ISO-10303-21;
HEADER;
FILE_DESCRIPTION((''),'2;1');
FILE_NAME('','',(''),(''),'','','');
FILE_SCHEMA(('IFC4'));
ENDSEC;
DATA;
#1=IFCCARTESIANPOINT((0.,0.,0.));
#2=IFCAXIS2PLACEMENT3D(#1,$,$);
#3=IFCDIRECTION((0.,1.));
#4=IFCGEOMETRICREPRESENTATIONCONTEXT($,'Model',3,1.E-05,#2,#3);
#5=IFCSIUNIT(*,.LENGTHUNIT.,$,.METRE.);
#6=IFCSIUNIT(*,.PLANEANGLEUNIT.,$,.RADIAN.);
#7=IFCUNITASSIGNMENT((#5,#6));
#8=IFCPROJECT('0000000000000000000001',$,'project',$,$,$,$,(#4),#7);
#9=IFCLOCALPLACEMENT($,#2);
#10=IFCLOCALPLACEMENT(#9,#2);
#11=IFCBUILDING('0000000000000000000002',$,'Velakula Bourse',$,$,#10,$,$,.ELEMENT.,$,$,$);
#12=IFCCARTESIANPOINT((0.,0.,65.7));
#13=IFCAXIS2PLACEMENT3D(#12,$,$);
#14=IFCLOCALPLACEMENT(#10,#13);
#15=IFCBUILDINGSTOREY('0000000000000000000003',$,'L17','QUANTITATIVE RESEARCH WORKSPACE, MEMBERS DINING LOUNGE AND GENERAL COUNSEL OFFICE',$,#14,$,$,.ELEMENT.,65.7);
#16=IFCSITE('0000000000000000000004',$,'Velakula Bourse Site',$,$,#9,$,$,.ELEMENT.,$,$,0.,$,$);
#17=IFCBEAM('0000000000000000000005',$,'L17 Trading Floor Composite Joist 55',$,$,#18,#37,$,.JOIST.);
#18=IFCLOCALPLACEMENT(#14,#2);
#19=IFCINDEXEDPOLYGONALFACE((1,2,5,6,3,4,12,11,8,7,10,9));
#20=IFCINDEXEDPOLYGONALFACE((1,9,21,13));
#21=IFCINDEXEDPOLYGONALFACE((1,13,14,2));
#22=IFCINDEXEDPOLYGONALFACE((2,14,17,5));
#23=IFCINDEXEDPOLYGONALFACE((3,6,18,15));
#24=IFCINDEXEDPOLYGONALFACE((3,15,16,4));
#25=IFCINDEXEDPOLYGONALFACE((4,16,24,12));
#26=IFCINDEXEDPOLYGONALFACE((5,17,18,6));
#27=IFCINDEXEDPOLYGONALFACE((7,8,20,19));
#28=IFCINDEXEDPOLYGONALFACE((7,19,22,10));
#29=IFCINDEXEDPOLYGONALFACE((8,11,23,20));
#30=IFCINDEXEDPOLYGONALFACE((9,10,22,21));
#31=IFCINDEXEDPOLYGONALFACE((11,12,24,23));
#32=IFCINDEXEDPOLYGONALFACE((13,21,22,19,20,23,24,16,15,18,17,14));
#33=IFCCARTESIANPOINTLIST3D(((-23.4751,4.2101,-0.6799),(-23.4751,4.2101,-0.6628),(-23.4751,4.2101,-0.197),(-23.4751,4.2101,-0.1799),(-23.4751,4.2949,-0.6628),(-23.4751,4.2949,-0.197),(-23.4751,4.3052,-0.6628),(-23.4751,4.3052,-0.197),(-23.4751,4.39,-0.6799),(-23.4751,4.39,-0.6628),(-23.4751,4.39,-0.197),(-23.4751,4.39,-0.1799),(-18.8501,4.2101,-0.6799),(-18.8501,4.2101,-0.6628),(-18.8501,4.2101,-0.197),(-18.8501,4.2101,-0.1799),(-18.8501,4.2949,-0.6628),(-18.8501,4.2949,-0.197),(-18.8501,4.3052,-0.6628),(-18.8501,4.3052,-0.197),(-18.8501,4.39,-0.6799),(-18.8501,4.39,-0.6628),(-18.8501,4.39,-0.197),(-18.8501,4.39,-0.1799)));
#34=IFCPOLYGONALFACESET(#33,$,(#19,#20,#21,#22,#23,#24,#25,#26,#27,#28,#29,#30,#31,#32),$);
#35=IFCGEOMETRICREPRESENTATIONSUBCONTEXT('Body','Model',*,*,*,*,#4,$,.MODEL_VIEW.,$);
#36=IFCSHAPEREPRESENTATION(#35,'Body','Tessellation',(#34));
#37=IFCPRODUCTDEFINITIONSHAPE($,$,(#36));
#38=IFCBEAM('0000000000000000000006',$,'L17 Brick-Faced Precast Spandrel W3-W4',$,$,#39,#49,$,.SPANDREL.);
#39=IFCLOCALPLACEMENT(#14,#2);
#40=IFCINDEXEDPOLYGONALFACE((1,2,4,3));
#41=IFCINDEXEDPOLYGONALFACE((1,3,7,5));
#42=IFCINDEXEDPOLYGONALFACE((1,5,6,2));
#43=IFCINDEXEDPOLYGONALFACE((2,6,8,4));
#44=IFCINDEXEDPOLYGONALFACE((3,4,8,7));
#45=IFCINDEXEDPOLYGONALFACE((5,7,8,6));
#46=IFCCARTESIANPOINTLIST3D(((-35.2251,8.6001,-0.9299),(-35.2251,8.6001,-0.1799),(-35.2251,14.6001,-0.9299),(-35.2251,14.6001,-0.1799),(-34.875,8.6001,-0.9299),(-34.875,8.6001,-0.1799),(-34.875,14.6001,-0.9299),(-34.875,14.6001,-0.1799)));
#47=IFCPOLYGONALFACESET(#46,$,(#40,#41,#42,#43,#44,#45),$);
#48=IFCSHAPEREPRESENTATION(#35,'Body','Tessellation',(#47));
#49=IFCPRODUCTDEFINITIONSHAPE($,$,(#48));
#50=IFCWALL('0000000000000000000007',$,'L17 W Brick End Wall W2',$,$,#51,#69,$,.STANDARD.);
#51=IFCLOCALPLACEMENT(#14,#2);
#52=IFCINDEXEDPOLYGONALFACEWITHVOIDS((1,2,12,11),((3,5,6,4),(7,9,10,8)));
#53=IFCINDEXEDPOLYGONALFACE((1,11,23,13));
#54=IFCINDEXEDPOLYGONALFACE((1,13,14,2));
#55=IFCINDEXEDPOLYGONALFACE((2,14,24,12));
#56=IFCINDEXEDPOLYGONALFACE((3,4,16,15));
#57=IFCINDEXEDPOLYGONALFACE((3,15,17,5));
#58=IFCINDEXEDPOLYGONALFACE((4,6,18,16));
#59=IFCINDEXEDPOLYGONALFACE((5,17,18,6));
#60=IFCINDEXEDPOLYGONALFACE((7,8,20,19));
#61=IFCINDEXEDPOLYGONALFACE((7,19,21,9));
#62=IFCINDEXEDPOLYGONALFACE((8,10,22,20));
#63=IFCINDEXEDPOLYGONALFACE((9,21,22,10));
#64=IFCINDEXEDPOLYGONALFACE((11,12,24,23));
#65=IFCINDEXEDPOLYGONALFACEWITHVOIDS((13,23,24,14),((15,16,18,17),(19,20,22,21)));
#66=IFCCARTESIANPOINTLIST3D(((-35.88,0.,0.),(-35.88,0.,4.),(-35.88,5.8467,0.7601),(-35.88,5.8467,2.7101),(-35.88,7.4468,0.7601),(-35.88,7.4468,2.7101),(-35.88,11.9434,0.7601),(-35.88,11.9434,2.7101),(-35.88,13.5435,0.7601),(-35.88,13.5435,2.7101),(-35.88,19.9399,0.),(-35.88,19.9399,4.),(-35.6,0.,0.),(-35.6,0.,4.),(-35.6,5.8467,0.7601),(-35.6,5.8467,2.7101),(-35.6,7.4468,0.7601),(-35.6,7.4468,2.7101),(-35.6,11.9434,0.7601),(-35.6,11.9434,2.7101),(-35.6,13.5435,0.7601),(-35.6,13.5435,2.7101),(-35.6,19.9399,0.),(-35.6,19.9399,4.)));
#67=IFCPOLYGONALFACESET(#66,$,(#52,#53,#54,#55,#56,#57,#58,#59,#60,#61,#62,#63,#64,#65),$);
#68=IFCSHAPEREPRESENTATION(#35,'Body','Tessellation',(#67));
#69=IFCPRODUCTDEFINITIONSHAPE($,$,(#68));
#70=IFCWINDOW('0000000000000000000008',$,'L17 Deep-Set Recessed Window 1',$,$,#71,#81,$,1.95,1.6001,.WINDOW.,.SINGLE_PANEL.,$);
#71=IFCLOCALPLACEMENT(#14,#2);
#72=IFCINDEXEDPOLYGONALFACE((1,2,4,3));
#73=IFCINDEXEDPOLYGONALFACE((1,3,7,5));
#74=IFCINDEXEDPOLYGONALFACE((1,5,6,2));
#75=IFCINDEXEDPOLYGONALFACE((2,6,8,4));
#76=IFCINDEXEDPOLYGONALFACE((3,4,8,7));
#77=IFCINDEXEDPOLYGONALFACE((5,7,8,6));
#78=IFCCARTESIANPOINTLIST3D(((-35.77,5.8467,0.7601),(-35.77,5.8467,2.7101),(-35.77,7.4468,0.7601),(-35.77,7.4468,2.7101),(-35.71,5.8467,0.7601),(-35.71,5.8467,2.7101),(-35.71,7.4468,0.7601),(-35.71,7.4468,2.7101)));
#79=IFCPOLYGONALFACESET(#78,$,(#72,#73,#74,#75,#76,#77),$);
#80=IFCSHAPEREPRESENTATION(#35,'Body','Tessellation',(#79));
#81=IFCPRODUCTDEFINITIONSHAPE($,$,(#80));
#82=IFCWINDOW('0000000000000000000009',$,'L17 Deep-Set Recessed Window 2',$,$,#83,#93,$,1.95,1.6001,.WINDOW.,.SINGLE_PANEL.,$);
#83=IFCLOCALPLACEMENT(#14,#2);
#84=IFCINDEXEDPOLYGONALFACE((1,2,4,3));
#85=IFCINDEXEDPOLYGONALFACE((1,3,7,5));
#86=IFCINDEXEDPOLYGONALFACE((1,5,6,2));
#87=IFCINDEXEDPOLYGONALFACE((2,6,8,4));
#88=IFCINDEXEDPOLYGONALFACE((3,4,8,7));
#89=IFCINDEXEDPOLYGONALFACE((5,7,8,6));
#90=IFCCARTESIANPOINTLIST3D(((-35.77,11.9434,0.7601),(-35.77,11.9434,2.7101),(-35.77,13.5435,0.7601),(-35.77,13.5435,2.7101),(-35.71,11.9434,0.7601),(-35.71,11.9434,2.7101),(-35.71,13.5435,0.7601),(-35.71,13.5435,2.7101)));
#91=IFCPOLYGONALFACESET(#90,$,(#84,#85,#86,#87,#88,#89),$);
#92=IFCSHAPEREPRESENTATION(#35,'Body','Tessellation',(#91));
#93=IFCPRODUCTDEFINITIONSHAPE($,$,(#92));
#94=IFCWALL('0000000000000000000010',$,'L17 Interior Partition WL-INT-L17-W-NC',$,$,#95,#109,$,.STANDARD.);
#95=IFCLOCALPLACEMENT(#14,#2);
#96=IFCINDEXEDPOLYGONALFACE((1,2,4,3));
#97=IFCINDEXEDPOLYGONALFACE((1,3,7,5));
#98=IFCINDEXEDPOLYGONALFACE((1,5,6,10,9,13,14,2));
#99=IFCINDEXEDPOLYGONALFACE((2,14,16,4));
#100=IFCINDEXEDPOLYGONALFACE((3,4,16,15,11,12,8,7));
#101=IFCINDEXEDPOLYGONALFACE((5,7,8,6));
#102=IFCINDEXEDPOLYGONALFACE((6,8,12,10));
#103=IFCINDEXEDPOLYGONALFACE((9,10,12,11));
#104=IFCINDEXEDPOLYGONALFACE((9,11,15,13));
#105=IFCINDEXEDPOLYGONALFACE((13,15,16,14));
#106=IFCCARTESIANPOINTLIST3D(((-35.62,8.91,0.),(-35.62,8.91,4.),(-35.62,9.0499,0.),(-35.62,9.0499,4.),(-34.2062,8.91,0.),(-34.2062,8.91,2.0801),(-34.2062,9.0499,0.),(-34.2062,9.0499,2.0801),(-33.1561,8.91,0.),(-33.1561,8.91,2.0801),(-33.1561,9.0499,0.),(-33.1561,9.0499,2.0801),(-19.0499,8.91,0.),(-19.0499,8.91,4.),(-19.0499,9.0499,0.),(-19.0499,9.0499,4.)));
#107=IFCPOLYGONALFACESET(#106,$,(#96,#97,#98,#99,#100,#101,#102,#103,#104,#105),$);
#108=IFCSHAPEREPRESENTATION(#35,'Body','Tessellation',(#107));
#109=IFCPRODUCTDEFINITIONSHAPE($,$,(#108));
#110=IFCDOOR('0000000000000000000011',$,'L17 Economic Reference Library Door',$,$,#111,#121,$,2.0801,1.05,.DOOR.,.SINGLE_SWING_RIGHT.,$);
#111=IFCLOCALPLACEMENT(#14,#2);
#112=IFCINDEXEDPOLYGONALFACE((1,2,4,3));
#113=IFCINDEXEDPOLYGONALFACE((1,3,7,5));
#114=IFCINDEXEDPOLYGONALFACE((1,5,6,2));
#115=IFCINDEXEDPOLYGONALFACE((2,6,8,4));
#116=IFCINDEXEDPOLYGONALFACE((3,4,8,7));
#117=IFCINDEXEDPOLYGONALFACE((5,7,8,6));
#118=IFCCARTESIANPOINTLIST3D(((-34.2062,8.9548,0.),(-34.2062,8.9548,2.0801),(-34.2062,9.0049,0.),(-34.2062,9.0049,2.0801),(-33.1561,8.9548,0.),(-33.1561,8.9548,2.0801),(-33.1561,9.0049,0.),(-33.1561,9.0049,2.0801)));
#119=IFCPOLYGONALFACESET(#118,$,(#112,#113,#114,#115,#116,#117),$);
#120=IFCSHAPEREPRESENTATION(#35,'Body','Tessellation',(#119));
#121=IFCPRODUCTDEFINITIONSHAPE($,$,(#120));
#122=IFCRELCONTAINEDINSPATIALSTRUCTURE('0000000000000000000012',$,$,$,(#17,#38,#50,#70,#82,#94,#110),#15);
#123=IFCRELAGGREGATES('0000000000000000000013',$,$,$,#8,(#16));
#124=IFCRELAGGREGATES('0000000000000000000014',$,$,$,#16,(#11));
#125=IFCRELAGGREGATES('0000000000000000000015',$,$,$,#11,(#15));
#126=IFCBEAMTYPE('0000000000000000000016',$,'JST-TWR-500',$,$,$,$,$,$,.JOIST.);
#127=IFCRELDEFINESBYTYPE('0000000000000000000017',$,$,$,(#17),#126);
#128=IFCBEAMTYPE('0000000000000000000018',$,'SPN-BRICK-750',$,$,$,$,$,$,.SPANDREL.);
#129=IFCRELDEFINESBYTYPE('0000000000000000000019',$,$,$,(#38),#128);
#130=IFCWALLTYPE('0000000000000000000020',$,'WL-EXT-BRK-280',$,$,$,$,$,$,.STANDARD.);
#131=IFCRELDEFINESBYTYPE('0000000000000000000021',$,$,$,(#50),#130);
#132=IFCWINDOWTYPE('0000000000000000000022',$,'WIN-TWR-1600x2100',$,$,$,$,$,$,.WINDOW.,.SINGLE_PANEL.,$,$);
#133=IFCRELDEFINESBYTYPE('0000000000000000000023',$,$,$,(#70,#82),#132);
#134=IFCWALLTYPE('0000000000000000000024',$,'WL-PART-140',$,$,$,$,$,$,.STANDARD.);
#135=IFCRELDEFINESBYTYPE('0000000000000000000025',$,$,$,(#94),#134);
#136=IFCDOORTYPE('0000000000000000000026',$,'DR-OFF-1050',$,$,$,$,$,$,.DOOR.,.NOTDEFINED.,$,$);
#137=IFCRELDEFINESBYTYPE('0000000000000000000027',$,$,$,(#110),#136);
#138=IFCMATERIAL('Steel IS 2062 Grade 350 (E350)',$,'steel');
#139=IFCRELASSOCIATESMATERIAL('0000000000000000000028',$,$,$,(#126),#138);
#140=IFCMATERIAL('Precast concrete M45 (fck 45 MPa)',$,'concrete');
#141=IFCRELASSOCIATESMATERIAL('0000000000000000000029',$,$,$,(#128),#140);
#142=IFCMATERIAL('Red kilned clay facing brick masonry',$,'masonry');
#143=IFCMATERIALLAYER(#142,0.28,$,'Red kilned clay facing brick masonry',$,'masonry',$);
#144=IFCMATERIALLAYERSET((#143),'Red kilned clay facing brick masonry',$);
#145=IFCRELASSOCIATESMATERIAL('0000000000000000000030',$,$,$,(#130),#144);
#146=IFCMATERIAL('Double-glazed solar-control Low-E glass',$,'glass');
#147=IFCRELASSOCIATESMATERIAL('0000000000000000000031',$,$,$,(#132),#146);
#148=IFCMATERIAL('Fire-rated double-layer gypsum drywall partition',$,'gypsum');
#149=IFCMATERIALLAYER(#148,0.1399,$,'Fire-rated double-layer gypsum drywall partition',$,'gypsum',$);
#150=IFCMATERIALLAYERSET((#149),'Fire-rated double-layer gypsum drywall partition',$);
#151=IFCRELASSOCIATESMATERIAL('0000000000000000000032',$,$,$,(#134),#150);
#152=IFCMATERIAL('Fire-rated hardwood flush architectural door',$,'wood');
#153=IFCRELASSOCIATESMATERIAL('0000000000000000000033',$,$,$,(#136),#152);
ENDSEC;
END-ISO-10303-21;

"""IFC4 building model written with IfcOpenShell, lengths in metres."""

from ifc_helpers import new_model, si_unit, direction, frame, frame_2d, origin, origin_2d, place, context, subcontext, project, spatial, rectangle, i_section, extrude, material, layer, layer_set, material_profile, profile_set, type_object, element, fill, save


model = new_model("IFC4")

# Units and contexts
model_context = context("Model", 3, precision=1e-05, world=origin(), true_north=direction((0.0, 1.0)))
body_context = subcontext(model_context, "Body", "Model", "MODEL_VIEW")
ifc_project = project(units=[si_unit("LENGTHUNIT", "METRE"), si_unit("PLANEANGLEUNIT", "RADIAN")], contexts=[model_context])

# Site, building, storey
site_placement = place(None, origin())
site = spatial("IfcSite", under=ifc_project, at=site_placement, Name="Velakula Bourse Site", CompositionType="ELEMENT", RefElevation=0.0)
building_placement = place(site_placement, origin())
building = spatial("IfcBuilding", under=site, at=building_placement, Name="Velakula Bourse", CompositionType="ELEMENT")
storey_placement = place(building_placement, frame((0.0, 0.0, 65.7)))
storey = spatial("IfcBuildingStorey", under=building, at=storey_placement, Name="L17", Description="QUANTITATIVE RESEARCH WORKSPACE, MEMBERS DINING LOUNGE AND GENERAL COUNSEL OFFICE", CompositionType="ELEMENT", Elevation=65.7)

# Beams
ifc_material_1 = material(Name="Steel IS 2062 Grade 350 (E350)", Category="steel")
ifc_material_profile_1 = material_profile(ifc_material_1, i_section(OverallWidth=0.1799, OverallDepth=0.5, WebThickness=0.0103, FlangeThickness=0.0171, at=origin_2d()), Name="Steel IS 2062 Grade 350 (E350)")
ifc_profile_set_1 = profile_set([ifc_material_profile_1], Name="Steel IS 2062 Grade 350 (E350)")
beam_type_1 = type_object("IfcBeamType", Name="JST-TWR-500", PredefinedType="JOIST", material=ifc_profile_set_1)
beam_1_placement = place(storey_placement, frame((-23.4751, 4.3, -0.4299), z_axis=(1.0, 0.0, 0.0), x_axis=(0.0, 1.0, 0.0)))
element("IfcBeam", 1, at=beam_1_placement, inside=storey, type_object=beam_type_1, Name="L17 Trading Floor Composite Joist 55", PredefinedType="JOIST", context=body_context, shape_type="SweptSolid", body=[
    extrude(i_section(OverallWidth=0.1799, OverallDepth=0.5, WebThickness=0.0103, FlangeThickness=0.0171, at=origin_2d()), origin(), (0.0, 0.0, 1.0), 4.625),
])
ifc_material_2 = material(Name="Precast concrete M45 (fck 45 MPa)", Category="concrete")
ifc_material_profile_2 = material_profile(ifc_material_2, rectangle(XDim=0.3501, YDim=0.75, at=origin_2d()), Name="Precast concrete M45 (fck 45 MPa)")
ifc_profile_set_2 = profile_set([ifc_material_profile_2], Name="Precast concrete M45 (fck 45 MPa)")
beam_type_2 = type_object("IfcBeamType", Name="SPN-BRICK-750", PredefinedType="SPANDREL", material=ifc_profile_set_2)
beam_2_placement = place(storey_placement, frame((-35.05, 8.6001, -0.5549), z_axis=(0.0, 1.0, 0.0), x_axis=(-1.0, 0.0, 0.0)))
element("IfcBeam", 2, at=beam_2_placement, inside=storey, type_object=beam_type_2, Name="L17 Brick-Faced Precast Spandrel W3-W4", PredefinedType="SPANDREL", context=body_context, shape_type="SweptSolid", body=[
    extrude(rectangle(XDim=0.3501, YDim=0.75, at=origin_2d()), origin(), (0.0, 0.0, 1.0), 6.0),
])

# Wall, openings, windows
ifc_material_3 = material(Name="Red kilned clay facing brick masonry", Category="masonry")
ifc_layer_1 = layer(ifc_material_3, 0.28, Name="Red kilned clay facing brick masonry", Category="masonry")
ifc_layer_set_1 = layer_set([ifc_layer_1], Name="Red kilned clay facing brick masonry")
wall_type_1 = type_object("IfcWallType", Name="WL-EXT-BRK-280", PredefinedType="STANDARD", material=ifc_layer_set_1)
wall_1_placement = place(storey_placement, frame((-35.74, 0.0, 0.0), z_axis=(0.0, 0.0, 1.0), x_axis=(0.0, 1.0, 0.0)))
wall_1 = element("IfcWall", 3, at=wall_1_placement, inside=storey, type_object=wall_type_1, Name="L17 W Brick End Wall W2", PredefinedType="STANDARD", context=body_context, shape_type="SweptSolid", body=[
    extrude(rectangle(XDim=19.9399, YDim=0.28, at=frame_2d((9.97, 0.0))), origin(), (0.0, 0.0, 1.0), 4.0),
])
opening_1_placement = place(wall_1_placement, frame((5.8467, 0.0, 0.76)))
opening_1 = element("IfcOpeningElement", 4, at=opening_1_placement, cuts=wall_1, PredefinedType="OPENING", context=body_context, shape_type="SweptSolid", body=[
    extrude(rectangle(XDim=1.6001, YDim=1.95, at=frame_2d((0.8, 0.9751))), frame((0.0, 0.1499, 0.0), z_axis=(0.0, -1.0, 0.0), x_axis=(1.0, 0.0, 0.0)), (0.0, 0.0, 1.0), 0.3),
])
opening_2_placement = place(wall_1_placement, frame((11.9434, 0.0, 0.76)))
opening_2 = element("IfcOpeningElement", 5, at=opening_2_placement, cuts=wall_1, PredefinedType="OPENING", context=body_context, shape_type="SweptSolid", body=[
    extrude(rectangle(XDim=1.6001, YDim=1.95, at=frame_2d((0.8, 0.9751))), frame((0.0, 0.1499, 0.0), z_axis=(0.0, -1.0, 0.0), x_axis=(1.0, 0.0, 0.0)), (0.0, 0.0, 1.0), 0.3),
])
ifc_material_4 = material(Name="Double-glazed solar-control Low-E glass", Category="glass")
window_type = type_object("IfcWindowType", Name="WIN-TWR-1600x2100", PartitioningType="SINGLE_PANEL", PredefinedType="WINDOW", material=ifc_material_4)
window_1_placement = place(opening_1_placement, origin())
window_1 = element("IfcWindow", 6, at=window_1_placement, inside=storey, type_object=window_type, Name="L17 Deep-Set Recessed Window 1", OverallHeight=1.95, OverallWidth=1.6001, PartitioningType="SINGLE_PANEL", PredefinedType="WINDOW", context=body_context, shape_type="SweptSolid", body=[
    extrude(rectangle(XDim=1.6001, YDim=1.95, at=frame_2d((0.8, 0.9751))), frame((0.0, 0.03, 0.0), z_axis=(0.0, -1.0, 0.0), x_axis=(1.0, 0.0, 0.0)), (0.0, 0.0, 1.0), 0.0601),
])
fill(opening_1, window_1)
window_2_placement = place(opening_2_placement, origin())
window_2 = element("IfcWindow", 7, at=window_2_placement, inside=storey, type_object=window_type, Name="L17 Deep-Set Recessed Window 2", OverallHeight=1.95, OverallWidth=1.6001, PartitioningType="SINGLE_PANEL", PredefinedType="WINDOW", context=body_context, shape_type="SweptSolid", body=[
    extrude(rectangle(XDim=1.6001, YDim=1.95, at=frame_2d((0.8, 0.9751))), frame((0.0, 0.03, 0.0), z_axis=(0.0, -1.0, 0.0), x_axis=(1.0, 0.0, 0.0)), (0.0, 0.0, 1.0), 0.0601),
])
fill(opening_2, window_2)

# Wall, opening, door
ifc_material_5 = material(Name="Fire-rated double-layer gypsum drywall partition", Category="gypsum")
ifc_layer_2 = layer(ifc_material_5, 0.1399, Name="Fire-rated double-layer gypsum drywall partition", Category="gypsum")
ifc_layer_set_2 = layer_set([ifc_layer_2], Name="Fire-rated double-layer gypsum drywall partition")
wall_type_2 = type_object("IfcWallType", Name="WL-PART-140", PredefinedType="STANDARD", material=ifc_layer_set_2)
wall_2_placement = place(storey_placement, frame((-35.6201, 8.98, 0.0), z_axis=(0.0, 0.0, 1.0), x_axis=(1.0, 0.0, 0.0)))
wall_2 = element("IfcWall", 8, at=wall_2_placement, inside=storey, type_object=wall_type_2, Name="L17 Interior Partition WL-INT-L17-W-NC", PredefinedType="STANDARD", context=body_context, shape_type="SweptSolid", body=[
    extrude(rectangle(XDim=16.5701, YDim=0.1399, at=frame_2d((8.2852, 0.0))), origin(), (0.0, 0.0, 1.0), 4.0),
])
opening_3_placement = place(wall_2_placement, frame((1.4141, 0.0, 0.0)))
opening_3 = element("IfcOpeningElement", 9, at=opening_3_placement, cuts=wall_2, PredefinedType="OPENING", context=body_context, shape_type="SweptSolid", body=[
    extrude(rectangle(XDim=1.05, YDim=2.0801, at=frame_2d((0.5249, 1.04))), frame((0.0, 0.0798, 0.0), z_axis=(0.0, -1.0, 0.0), x_axis=(1.0, 0.0, 0.0)), (0.0, 0.0, 1.0), 0.1599),
])
ifc_material_6 = material(Name="Fire-rated hardwood flush architectural door", Category="wood")
door_type = type_object("IfcDoorType", Name="DR-OFF-1050", OperationType="NOTDEFINED", PredefinedType="DOOR", material=ifc_material_6)
door_placement = place(opening_3_placement, origin())
door = element("IfcDoor", 10, at=door_placement, inside=storey, type_object=door_type, Name="L17 Economic Reference Library Door", OperationType="SINGLE_SWING_RIGHT", OverallHeight=2.0801, OverallWidth=1.05, PredefinedType="DOOR", context=body_context, shape_type="SweptSolid", body=[
    extrude(rectangle(XDim=1.05, YDim=2.0801, at=frame_2d((0.5249, 1.04))), frame((0.0, 0.0249, 0.0), z_axis=(0.0, -1.0, 0.0), x_axis=(1.0, 0.0, 0.0)), (0.0, 0.0, 1.0), 0.05),
])
fill(opening_3, door)

save(model, "model.ifc")
